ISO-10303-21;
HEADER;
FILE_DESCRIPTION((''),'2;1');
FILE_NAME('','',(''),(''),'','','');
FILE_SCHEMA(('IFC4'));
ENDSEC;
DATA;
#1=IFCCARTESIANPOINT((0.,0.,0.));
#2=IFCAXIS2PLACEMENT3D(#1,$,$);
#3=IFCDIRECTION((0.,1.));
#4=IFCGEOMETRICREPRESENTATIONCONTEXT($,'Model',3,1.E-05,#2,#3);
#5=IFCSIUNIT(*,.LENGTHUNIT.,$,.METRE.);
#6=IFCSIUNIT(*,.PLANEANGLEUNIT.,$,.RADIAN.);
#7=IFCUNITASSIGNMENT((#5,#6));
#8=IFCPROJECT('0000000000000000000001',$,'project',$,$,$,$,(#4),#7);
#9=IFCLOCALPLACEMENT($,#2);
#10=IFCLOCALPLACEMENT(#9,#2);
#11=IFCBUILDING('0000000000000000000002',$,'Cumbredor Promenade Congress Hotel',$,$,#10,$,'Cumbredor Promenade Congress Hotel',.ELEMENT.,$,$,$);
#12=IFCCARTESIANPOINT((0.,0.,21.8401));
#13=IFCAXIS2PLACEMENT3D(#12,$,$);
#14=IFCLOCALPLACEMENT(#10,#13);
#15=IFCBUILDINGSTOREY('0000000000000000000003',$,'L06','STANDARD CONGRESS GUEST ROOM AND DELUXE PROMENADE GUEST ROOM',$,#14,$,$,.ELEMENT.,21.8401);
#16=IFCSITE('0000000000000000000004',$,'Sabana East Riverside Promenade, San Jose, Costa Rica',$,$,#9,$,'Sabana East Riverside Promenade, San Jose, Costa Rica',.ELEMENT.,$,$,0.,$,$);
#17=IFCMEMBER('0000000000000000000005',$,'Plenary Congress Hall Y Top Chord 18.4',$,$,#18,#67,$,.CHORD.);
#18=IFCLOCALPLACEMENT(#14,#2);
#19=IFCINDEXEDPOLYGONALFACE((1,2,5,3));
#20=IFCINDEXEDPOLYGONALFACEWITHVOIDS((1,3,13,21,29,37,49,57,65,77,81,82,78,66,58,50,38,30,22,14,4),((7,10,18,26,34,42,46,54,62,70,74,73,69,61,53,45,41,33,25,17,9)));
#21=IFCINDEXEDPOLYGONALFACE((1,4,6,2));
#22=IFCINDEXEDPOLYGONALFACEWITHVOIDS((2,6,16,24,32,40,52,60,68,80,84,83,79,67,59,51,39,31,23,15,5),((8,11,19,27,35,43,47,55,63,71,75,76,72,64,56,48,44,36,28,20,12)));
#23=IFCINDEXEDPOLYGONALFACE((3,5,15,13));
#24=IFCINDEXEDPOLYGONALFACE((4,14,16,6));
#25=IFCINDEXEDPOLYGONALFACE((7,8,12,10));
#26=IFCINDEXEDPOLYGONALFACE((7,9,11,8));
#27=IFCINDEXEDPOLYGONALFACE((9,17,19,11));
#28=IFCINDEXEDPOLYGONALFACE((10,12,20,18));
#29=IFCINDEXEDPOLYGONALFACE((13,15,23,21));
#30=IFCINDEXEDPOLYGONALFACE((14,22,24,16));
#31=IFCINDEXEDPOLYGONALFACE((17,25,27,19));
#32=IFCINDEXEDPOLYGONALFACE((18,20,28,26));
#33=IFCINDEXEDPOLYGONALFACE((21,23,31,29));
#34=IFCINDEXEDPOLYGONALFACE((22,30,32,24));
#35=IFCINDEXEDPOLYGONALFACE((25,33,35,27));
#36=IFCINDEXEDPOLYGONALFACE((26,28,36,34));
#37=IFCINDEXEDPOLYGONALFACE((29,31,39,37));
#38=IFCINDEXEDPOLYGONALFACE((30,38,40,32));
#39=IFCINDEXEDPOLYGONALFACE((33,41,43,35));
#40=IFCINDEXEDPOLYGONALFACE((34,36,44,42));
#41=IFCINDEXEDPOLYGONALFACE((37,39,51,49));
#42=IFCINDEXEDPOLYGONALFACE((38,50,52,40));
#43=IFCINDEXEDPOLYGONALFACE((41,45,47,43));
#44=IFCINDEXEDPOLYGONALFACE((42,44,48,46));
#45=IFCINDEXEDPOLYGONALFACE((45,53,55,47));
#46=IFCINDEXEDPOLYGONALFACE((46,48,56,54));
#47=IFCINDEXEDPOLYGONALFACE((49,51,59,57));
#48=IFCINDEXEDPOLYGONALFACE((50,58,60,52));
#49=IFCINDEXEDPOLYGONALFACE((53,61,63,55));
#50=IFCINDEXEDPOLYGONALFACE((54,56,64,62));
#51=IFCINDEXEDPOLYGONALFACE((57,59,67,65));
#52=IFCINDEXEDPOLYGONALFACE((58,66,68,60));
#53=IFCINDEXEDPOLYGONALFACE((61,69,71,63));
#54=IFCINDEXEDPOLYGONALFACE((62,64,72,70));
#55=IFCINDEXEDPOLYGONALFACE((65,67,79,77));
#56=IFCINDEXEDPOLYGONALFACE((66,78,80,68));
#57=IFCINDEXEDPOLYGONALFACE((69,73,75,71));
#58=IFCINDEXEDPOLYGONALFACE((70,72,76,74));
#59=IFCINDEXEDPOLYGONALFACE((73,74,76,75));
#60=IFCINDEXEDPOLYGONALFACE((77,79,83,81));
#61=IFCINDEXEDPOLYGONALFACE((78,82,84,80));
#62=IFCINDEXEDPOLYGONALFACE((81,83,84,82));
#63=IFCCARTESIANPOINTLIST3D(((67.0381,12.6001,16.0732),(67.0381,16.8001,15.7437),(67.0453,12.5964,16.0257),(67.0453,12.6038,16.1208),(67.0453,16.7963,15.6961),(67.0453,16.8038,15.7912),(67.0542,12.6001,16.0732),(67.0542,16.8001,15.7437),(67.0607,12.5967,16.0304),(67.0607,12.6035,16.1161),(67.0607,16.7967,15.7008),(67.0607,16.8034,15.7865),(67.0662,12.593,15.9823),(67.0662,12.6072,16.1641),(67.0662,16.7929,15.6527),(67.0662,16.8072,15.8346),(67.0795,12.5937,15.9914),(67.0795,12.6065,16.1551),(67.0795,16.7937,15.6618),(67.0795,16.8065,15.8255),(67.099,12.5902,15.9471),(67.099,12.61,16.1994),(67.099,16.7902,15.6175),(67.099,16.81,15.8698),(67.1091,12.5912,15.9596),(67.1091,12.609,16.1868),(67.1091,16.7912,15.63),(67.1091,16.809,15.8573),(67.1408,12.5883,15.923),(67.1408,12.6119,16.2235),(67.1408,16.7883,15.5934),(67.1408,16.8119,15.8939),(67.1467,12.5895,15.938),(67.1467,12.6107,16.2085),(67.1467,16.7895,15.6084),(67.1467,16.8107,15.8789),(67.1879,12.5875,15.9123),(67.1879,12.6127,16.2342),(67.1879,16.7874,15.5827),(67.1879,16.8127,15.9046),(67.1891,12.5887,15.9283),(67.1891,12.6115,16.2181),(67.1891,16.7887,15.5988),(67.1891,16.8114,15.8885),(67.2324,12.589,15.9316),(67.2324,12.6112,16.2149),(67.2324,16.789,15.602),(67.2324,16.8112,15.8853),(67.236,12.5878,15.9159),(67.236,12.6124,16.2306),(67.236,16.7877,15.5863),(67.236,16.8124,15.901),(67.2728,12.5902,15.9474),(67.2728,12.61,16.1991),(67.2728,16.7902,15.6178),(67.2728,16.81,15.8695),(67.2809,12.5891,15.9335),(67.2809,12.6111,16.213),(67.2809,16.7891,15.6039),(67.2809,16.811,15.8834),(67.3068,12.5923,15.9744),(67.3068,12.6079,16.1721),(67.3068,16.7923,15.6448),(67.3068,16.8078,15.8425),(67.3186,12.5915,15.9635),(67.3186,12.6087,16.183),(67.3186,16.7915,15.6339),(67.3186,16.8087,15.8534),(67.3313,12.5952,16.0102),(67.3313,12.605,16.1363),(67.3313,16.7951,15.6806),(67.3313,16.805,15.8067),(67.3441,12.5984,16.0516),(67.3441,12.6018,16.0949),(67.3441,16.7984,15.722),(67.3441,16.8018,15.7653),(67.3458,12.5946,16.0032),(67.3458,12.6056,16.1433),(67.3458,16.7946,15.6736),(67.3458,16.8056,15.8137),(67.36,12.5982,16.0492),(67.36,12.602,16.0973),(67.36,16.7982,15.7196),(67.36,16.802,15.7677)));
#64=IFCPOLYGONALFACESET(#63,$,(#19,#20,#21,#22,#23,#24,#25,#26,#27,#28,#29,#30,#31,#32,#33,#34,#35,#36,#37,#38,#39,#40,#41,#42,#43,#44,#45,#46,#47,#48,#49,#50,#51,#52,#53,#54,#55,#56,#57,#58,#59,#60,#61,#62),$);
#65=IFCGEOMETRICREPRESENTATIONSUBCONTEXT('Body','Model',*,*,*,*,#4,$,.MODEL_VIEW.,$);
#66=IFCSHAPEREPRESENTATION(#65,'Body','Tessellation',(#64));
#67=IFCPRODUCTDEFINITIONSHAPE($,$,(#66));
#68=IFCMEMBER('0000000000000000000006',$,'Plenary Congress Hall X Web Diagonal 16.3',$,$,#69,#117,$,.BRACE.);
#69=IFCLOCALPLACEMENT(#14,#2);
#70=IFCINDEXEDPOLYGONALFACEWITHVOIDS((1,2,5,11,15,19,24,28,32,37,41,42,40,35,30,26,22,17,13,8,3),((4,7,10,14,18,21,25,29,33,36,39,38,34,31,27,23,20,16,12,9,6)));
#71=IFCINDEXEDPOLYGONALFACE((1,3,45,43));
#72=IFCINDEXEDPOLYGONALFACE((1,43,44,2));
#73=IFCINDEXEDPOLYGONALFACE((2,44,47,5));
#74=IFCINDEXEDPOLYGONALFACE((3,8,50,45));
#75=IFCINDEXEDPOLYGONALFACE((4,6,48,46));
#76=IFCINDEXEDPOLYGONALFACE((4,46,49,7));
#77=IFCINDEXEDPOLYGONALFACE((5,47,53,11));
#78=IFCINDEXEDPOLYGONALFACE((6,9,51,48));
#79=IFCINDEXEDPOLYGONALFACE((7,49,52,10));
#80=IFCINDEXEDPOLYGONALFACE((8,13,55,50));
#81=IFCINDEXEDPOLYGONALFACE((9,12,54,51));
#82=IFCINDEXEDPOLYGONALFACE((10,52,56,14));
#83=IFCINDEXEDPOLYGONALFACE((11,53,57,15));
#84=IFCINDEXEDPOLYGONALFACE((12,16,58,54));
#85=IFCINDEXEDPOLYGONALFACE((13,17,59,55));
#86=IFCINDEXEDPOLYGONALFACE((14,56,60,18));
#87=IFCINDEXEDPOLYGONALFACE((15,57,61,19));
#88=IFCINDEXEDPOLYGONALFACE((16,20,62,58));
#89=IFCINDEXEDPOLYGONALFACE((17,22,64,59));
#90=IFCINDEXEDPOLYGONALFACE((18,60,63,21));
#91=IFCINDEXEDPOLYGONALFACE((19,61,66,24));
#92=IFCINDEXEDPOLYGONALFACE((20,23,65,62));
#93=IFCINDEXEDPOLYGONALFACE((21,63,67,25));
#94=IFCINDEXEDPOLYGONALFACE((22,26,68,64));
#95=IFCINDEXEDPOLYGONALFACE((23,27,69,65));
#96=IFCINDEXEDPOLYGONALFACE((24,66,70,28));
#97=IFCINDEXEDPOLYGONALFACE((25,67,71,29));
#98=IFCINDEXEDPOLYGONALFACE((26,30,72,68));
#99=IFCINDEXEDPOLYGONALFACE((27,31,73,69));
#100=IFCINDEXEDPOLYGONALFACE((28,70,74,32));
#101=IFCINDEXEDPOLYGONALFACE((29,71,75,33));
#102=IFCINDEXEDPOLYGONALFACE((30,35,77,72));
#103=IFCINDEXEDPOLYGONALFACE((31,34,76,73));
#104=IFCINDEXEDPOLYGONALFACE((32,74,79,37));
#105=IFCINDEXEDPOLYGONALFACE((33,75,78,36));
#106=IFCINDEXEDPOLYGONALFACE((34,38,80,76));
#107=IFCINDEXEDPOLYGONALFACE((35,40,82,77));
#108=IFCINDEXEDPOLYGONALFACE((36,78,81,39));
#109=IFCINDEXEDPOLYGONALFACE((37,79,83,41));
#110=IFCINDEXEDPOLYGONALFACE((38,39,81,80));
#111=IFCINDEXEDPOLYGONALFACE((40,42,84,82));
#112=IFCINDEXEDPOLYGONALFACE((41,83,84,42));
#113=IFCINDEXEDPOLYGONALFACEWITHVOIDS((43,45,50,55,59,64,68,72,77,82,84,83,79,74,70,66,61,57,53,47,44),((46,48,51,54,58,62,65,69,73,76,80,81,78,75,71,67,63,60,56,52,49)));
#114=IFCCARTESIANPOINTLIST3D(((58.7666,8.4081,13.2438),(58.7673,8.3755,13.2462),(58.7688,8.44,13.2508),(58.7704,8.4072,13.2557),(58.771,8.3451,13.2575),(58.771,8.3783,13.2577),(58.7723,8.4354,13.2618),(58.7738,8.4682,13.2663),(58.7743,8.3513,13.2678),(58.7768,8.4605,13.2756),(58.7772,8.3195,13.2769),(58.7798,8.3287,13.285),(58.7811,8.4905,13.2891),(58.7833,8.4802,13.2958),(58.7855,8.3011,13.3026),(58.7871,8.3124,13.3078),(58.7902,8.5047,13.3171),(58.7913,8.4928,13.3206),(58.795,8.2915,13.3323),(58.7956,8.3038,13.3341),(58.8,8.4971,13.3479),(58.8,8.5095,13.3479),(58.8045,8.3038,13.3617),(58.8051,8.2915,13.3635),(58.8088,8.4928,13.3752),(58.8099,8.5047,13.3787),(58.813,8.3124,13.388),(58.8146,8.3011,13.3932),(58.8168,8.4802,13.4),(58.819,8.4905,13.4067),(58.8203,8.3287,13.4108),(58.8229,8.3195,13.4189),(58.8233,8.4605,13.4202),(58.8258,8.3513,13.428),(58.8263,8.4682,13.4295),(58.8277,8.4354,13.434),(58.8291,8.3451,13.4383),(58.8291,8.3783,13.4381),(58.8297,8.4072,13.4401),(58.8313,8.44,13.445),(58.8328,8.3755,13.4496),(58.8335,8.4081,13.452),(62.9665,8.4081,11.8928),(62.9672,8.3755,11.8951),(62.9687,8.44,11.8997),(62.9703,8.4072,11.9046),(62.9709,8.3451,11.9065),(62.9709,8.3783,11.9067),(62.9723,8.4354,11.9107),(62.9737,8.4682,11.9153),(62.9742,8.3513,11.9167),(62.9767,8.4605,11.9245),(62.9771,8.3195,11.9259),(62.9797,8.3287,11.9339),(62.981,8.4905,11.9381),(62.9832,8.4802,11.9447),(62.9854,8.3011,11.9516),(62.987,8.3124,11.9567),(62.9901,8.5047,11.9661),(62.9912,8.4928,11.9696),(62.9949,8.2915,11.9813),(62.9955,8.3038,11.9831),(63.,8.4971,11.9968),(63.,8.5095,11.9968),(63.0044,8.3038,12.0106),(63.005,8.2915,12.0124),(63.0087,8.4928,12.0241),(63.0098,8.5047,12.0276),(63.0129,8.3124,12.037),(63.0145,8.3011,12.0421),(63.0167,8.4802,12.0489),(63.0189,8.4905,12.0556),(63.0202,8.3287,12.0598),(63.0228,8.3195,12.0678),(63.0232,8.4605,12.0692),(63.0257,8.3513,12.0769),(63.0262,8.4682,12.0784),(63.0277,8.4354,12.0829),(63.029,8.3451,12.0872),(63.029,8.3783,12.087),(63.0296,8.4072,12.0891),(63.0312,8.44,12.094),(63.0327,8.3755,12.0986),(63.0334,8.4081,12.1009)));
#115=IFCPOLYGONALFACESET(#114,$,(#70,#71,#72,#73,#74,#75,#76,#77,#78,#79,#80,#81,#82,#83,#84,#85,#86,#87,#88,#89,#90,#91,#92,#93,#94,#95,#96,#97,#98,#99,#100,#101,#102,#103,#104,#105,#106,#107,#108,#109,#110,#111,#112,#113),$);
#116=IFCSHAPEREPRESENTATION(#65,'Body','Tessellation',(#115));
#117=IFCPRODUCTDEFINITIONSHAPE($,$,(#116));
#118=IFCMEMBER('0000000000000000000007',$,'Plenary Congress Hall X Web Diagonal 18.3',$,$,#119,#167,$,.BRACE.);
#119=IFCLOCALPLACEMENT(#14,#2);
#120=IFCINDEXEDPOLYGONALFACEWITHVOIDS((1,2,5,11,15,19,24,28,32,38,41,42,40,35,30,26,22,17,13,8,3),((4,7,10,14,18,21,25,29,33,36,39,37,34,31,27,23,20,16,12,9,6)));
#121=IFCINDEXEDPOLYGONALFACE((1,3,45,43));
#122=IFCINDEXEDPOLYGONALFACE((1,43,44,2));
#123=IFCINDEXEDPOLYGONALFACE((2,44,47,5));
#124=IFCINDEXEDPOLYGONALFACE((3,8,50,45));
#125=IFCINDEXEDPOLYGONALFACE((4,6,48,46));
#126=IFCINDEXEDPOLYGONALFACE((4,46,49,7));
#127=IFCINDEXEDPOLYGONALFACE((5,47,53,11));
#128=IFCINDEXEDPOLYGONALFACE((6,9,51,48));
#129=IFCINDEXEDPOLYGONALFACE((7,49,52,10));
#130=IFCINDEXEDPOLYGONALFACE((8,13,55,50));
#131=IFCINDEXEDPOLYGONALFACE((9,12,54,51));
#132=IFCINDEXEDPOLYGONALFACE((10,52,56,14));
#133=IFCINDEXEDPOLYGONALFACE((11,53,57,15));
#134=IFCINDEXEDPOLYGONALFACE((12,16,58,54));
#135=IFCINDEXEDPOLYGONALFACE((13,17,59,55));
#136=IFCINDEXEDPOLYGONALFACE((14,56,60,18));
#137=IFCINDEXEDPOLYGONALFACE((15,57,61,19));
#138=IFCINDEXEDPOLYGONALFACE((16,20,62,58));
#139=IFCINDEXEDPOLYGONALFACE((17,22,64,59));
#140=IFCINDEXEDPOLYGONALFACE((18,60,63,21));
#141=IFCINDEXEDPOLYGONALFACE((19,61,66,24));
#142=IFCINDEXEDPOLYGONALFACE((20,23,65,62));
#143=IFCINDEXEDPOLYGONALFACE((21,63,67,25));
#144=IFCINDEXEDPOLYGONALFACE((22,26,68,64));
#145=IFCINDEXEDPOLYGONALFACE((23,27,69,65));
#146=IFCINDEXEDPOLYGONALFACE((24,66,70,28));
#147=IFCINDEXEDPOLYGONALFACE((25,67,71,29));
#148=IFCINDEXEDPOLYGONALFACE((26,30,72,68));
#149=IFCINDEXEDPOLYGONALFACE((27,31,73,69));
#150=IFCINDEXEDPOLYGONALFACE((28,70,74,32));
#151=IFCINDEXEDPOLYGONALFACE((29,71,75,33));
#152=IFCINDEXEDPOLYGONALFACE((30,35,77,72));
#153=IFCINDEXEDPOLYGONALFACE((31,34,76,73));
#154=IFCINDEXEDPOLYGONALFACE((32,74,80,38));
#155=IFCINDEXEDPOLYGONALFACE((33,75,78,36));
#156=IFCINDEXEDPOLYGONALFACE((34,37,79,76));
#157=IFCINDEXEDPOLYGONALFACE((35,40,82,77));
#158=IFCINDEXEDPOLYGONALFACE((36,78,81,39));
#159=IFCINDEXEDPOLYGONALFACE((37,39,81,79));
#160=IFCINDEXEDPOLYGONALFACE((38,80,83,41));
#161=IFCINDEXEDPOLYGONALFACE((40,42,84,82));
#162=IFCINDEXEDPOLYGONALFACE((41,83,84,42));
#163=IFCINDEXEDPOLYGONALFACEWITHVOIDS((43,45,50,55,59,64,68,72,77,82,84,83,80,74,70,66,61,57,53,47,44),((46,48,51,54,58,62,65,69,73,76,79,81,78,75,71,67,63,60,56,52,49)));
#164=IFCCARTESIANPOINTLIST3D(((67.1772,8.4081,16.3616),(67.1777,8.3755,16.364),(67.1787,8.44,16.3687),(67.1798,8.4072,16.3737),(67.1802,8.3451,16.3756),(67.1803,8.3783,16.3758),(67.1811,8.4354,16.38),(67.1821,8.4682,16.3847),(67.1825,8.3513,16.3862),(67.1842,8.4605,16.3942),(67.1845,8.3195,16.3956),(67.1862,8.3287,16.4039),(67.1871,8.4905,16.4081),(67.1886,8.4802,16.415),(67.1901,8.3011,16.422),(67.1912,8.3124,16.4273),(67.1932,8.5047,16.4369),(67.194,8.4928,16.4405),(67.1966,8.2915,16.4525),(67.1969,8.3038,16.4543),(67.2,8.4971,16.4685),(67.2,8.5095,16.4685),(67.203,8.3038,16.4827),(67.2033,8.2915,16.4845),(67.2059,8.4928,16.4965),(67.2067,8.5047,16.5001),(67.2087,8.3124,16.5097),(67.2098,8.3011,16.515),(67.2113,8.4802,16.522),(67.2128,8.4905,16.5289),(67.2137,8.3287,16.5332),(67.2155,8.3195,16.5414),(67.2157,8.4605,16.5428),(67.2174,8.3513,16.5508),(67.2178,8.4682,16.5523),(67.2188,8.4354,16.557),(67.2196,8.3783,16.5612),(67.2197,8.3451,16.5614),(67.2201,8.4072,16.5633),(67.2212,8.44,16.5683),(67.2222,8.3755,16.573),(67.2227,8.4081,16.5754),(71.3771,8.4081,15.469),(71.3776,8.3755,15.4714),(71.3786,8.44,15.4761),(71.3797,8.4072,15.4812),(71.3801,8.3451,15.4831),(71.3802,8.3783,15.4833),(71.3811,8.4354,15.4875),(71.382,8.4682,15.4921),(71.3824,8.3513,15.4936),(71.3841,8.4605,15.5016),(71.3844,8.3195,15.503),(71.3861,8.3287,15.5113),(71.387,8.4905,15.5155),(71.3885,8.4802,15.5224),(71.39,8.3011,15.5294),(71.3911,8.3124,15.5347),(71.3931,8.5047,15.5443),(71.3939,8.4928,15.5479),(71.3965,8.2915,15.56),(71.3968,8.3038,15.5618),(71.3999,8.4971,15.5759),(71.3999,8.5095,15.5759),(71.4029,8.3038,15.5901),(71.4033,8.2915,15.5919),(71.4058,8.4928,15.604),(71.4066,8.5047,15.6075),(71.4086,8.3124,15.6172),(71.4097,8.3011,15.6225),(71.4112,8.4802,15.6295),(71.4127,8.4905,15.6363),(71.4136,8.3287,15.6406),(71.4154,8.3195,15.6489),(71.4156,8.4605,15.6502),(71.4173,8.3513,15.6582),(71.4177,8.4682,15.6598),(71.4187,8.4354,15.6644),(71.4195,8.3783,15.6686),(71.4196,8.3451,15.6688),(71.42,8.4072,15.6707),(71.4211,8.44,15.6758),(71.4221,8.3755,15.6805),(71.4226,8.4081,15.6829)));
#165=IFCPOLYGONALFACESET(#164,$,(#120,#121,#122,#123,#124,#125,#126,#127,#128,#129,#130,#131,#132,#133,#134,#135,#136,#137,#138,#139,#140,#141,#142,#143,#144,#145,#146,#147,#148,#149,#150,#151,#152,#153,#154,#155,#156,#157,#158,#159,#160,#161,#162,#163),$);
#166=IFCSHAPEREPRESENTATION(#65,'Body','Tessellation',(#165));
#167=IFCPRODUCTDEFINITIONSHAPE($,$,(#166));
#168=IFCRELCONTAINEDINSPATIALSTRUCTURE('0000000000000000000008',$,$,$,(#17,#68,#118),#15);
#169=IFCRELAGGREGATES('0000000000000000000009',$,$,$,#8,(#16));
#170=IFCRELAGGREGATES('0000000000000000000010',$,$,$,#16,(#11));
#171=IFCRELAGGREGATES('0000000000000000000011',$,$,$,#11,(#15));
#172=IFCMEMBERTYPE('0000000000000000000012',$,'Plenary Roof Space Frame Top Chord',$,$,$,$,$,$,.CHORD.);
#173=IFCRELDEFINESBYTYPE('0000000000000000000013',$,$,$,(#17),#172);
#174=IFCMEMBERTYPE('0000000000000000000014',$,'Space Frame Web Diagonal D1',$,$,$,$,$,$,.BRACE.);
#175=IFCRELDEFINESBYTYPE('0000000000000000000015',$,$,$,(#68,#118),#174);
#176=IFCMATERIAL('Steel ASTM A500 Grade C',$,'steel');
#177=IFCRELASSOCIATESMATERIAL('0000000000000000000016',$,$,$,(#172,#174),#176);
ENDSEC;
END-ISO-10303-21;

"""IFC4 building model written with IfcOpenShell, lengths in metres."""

from ifc_helpers import new_model, si_unit, direction, frame, origin, origin_2d, place, context, subcontext, project, spatial, hollow_circle, extrude, material, material_profile, profile_set, type_object, element, save


model = new_model("IFC4")

# Units and contexts
model_context = context("Model", 3, precision=1e-05, world=origin(), true_north=direction((0.0, 1.0)))
body_context = subcontext(model_context, "Body", "Model", "MODEL_VIEW")
ifc_project = project(units=[si_unit("LENGTHUNIT", "METRE"), si_unit("PLANEANGLEUNIT", "RADIAN")], contexts=[model_context])

# Site, building, storey
site_placement = place(None, origin())
site = spatial("IfcSite", under=ifc_project, at=site_placement, Name="Sabana East Riverside Promenade, San Jose, Costa Rica", LongName="Sabana East Riverside Promenade, San Jose, Costa Rica", CompositionType="ELEMENT", RefElevation=0.0)
building_placement = place(site_placement, origin())
building = spatial("IfcBuilding", under=site, at=building_placement, Name="Cumbredor Promenade Congress Hotel", LongName="Cumbredor Promenade Congress Hotel", CompositionType="ELEMENT")
storey_placement = place(building_placement, frame((0.0, 0.0, 21.8401)))
storey = spatial("IfcBuildingStorey", under=building, at=storey_placement, Name="L06", Description="STANDARD CONGRESS GUEST ROOM AND DELUXE PROMENADE GUEST ROOM", CompositionType="ELEMENT", Elevation=21.8401)

# Members
ifc_material_1 = material(Name="Steel ASTM A500 Grade C", Category="steel")
ifc_material_profile_1 = material_profile(ifc_material_1, hollow_circle(Radius=0.1619, WallThickness=0.0161, at=origin_2d()), Name="CHS 323.9x16")
ifc_profile_set_1 = profile_set([ifc_material_profile_1], Name="Steel ASTM A500 Grade C")
member_type_1 = type_object("IfcMemberType", Name="Plenary Roof Space Frame Top Chord", PredefinedType="CHORD", material=ifc_profile_set_1)
member_1_placement = place(storey_placement, frame((67.2, 12.6001, 16.0732), z_axis=(0.0, 0.996935, -0.078234), x_axis=(-1.0, 0.0, 0.0)))
element("IfcMember", 1, at=member_1_placement, inside=storey, type_object=member_type_1, Name="Plenary Congress Hall Y Top Chord 18.4", PredefinedType="CHORD", context=body_context, shape_type="SweptSolid", body=[
    extrude(hollow_circle(Radius=0.1619, WallThickness=0.0161, at=origin_2d()), origin(), (0.0, 0.0, 1.0), 4.2129),
])
ifc_material_profile_2 = material_profile(ifc_material_1, hollow_circle(Radius=0.1096, WallThickness=0.0125, at=origin_2d()), Name="CHS 219.1x12.5")
ifc_profile_set_2 = profile_set([ifc_material_profile_2], Name="Steel ASTM A500 Grade C")
member_type_2 = type_object("IfcMemberType", Name="Space Frame Web Diagonal D1", PredefinedType="BRACE", material=ifc_profile_set_2)
member_2_placement = place(storey_placement, frame((58.8, 8.3999, 13.3479), z_axis=(0.951957, 0.0, -0.306233), x_axis=(0.0, 1.0, 0.0)))
element("IfcMember", 2, at=member_2_placement, inside=storey, type_object=member_type_2, Name="Plenary Congress Hall X Web Diagonal 16.3", PredefinedType="BRACE", context=body_context, shape_type="SweptSolid", body=[
    extrude(hollow_circle(Radius=0.1096, WallThickness=0.0125, at=origin_2d()), origin(), (0.0, 0.0, 1.0), 4.4119),
])
member_3_placement = place(storey_placement, frame((67.2, 8.3999, 16.4685), z_axis=(0.978155, 0.0, -0.207878), x_axis=(0.0, 1.0, 0.0)))
element("IfcMember", 3, at=member_3_placement, inside=storey, type_object=member_type_2, Name="Plenary Congress Hall X Web Diagonal 18.3", PredefinedType="BRACE", context=body_context, shape_type="SweptSolid", body=[
    extrude(hollow_circle(Radius=0.1096, WallThickness=0.0125, at=origin_2d()), origin(), (0.0, 0.0, 1.0), 4.2937),
])

save(model, "model.ifc")
